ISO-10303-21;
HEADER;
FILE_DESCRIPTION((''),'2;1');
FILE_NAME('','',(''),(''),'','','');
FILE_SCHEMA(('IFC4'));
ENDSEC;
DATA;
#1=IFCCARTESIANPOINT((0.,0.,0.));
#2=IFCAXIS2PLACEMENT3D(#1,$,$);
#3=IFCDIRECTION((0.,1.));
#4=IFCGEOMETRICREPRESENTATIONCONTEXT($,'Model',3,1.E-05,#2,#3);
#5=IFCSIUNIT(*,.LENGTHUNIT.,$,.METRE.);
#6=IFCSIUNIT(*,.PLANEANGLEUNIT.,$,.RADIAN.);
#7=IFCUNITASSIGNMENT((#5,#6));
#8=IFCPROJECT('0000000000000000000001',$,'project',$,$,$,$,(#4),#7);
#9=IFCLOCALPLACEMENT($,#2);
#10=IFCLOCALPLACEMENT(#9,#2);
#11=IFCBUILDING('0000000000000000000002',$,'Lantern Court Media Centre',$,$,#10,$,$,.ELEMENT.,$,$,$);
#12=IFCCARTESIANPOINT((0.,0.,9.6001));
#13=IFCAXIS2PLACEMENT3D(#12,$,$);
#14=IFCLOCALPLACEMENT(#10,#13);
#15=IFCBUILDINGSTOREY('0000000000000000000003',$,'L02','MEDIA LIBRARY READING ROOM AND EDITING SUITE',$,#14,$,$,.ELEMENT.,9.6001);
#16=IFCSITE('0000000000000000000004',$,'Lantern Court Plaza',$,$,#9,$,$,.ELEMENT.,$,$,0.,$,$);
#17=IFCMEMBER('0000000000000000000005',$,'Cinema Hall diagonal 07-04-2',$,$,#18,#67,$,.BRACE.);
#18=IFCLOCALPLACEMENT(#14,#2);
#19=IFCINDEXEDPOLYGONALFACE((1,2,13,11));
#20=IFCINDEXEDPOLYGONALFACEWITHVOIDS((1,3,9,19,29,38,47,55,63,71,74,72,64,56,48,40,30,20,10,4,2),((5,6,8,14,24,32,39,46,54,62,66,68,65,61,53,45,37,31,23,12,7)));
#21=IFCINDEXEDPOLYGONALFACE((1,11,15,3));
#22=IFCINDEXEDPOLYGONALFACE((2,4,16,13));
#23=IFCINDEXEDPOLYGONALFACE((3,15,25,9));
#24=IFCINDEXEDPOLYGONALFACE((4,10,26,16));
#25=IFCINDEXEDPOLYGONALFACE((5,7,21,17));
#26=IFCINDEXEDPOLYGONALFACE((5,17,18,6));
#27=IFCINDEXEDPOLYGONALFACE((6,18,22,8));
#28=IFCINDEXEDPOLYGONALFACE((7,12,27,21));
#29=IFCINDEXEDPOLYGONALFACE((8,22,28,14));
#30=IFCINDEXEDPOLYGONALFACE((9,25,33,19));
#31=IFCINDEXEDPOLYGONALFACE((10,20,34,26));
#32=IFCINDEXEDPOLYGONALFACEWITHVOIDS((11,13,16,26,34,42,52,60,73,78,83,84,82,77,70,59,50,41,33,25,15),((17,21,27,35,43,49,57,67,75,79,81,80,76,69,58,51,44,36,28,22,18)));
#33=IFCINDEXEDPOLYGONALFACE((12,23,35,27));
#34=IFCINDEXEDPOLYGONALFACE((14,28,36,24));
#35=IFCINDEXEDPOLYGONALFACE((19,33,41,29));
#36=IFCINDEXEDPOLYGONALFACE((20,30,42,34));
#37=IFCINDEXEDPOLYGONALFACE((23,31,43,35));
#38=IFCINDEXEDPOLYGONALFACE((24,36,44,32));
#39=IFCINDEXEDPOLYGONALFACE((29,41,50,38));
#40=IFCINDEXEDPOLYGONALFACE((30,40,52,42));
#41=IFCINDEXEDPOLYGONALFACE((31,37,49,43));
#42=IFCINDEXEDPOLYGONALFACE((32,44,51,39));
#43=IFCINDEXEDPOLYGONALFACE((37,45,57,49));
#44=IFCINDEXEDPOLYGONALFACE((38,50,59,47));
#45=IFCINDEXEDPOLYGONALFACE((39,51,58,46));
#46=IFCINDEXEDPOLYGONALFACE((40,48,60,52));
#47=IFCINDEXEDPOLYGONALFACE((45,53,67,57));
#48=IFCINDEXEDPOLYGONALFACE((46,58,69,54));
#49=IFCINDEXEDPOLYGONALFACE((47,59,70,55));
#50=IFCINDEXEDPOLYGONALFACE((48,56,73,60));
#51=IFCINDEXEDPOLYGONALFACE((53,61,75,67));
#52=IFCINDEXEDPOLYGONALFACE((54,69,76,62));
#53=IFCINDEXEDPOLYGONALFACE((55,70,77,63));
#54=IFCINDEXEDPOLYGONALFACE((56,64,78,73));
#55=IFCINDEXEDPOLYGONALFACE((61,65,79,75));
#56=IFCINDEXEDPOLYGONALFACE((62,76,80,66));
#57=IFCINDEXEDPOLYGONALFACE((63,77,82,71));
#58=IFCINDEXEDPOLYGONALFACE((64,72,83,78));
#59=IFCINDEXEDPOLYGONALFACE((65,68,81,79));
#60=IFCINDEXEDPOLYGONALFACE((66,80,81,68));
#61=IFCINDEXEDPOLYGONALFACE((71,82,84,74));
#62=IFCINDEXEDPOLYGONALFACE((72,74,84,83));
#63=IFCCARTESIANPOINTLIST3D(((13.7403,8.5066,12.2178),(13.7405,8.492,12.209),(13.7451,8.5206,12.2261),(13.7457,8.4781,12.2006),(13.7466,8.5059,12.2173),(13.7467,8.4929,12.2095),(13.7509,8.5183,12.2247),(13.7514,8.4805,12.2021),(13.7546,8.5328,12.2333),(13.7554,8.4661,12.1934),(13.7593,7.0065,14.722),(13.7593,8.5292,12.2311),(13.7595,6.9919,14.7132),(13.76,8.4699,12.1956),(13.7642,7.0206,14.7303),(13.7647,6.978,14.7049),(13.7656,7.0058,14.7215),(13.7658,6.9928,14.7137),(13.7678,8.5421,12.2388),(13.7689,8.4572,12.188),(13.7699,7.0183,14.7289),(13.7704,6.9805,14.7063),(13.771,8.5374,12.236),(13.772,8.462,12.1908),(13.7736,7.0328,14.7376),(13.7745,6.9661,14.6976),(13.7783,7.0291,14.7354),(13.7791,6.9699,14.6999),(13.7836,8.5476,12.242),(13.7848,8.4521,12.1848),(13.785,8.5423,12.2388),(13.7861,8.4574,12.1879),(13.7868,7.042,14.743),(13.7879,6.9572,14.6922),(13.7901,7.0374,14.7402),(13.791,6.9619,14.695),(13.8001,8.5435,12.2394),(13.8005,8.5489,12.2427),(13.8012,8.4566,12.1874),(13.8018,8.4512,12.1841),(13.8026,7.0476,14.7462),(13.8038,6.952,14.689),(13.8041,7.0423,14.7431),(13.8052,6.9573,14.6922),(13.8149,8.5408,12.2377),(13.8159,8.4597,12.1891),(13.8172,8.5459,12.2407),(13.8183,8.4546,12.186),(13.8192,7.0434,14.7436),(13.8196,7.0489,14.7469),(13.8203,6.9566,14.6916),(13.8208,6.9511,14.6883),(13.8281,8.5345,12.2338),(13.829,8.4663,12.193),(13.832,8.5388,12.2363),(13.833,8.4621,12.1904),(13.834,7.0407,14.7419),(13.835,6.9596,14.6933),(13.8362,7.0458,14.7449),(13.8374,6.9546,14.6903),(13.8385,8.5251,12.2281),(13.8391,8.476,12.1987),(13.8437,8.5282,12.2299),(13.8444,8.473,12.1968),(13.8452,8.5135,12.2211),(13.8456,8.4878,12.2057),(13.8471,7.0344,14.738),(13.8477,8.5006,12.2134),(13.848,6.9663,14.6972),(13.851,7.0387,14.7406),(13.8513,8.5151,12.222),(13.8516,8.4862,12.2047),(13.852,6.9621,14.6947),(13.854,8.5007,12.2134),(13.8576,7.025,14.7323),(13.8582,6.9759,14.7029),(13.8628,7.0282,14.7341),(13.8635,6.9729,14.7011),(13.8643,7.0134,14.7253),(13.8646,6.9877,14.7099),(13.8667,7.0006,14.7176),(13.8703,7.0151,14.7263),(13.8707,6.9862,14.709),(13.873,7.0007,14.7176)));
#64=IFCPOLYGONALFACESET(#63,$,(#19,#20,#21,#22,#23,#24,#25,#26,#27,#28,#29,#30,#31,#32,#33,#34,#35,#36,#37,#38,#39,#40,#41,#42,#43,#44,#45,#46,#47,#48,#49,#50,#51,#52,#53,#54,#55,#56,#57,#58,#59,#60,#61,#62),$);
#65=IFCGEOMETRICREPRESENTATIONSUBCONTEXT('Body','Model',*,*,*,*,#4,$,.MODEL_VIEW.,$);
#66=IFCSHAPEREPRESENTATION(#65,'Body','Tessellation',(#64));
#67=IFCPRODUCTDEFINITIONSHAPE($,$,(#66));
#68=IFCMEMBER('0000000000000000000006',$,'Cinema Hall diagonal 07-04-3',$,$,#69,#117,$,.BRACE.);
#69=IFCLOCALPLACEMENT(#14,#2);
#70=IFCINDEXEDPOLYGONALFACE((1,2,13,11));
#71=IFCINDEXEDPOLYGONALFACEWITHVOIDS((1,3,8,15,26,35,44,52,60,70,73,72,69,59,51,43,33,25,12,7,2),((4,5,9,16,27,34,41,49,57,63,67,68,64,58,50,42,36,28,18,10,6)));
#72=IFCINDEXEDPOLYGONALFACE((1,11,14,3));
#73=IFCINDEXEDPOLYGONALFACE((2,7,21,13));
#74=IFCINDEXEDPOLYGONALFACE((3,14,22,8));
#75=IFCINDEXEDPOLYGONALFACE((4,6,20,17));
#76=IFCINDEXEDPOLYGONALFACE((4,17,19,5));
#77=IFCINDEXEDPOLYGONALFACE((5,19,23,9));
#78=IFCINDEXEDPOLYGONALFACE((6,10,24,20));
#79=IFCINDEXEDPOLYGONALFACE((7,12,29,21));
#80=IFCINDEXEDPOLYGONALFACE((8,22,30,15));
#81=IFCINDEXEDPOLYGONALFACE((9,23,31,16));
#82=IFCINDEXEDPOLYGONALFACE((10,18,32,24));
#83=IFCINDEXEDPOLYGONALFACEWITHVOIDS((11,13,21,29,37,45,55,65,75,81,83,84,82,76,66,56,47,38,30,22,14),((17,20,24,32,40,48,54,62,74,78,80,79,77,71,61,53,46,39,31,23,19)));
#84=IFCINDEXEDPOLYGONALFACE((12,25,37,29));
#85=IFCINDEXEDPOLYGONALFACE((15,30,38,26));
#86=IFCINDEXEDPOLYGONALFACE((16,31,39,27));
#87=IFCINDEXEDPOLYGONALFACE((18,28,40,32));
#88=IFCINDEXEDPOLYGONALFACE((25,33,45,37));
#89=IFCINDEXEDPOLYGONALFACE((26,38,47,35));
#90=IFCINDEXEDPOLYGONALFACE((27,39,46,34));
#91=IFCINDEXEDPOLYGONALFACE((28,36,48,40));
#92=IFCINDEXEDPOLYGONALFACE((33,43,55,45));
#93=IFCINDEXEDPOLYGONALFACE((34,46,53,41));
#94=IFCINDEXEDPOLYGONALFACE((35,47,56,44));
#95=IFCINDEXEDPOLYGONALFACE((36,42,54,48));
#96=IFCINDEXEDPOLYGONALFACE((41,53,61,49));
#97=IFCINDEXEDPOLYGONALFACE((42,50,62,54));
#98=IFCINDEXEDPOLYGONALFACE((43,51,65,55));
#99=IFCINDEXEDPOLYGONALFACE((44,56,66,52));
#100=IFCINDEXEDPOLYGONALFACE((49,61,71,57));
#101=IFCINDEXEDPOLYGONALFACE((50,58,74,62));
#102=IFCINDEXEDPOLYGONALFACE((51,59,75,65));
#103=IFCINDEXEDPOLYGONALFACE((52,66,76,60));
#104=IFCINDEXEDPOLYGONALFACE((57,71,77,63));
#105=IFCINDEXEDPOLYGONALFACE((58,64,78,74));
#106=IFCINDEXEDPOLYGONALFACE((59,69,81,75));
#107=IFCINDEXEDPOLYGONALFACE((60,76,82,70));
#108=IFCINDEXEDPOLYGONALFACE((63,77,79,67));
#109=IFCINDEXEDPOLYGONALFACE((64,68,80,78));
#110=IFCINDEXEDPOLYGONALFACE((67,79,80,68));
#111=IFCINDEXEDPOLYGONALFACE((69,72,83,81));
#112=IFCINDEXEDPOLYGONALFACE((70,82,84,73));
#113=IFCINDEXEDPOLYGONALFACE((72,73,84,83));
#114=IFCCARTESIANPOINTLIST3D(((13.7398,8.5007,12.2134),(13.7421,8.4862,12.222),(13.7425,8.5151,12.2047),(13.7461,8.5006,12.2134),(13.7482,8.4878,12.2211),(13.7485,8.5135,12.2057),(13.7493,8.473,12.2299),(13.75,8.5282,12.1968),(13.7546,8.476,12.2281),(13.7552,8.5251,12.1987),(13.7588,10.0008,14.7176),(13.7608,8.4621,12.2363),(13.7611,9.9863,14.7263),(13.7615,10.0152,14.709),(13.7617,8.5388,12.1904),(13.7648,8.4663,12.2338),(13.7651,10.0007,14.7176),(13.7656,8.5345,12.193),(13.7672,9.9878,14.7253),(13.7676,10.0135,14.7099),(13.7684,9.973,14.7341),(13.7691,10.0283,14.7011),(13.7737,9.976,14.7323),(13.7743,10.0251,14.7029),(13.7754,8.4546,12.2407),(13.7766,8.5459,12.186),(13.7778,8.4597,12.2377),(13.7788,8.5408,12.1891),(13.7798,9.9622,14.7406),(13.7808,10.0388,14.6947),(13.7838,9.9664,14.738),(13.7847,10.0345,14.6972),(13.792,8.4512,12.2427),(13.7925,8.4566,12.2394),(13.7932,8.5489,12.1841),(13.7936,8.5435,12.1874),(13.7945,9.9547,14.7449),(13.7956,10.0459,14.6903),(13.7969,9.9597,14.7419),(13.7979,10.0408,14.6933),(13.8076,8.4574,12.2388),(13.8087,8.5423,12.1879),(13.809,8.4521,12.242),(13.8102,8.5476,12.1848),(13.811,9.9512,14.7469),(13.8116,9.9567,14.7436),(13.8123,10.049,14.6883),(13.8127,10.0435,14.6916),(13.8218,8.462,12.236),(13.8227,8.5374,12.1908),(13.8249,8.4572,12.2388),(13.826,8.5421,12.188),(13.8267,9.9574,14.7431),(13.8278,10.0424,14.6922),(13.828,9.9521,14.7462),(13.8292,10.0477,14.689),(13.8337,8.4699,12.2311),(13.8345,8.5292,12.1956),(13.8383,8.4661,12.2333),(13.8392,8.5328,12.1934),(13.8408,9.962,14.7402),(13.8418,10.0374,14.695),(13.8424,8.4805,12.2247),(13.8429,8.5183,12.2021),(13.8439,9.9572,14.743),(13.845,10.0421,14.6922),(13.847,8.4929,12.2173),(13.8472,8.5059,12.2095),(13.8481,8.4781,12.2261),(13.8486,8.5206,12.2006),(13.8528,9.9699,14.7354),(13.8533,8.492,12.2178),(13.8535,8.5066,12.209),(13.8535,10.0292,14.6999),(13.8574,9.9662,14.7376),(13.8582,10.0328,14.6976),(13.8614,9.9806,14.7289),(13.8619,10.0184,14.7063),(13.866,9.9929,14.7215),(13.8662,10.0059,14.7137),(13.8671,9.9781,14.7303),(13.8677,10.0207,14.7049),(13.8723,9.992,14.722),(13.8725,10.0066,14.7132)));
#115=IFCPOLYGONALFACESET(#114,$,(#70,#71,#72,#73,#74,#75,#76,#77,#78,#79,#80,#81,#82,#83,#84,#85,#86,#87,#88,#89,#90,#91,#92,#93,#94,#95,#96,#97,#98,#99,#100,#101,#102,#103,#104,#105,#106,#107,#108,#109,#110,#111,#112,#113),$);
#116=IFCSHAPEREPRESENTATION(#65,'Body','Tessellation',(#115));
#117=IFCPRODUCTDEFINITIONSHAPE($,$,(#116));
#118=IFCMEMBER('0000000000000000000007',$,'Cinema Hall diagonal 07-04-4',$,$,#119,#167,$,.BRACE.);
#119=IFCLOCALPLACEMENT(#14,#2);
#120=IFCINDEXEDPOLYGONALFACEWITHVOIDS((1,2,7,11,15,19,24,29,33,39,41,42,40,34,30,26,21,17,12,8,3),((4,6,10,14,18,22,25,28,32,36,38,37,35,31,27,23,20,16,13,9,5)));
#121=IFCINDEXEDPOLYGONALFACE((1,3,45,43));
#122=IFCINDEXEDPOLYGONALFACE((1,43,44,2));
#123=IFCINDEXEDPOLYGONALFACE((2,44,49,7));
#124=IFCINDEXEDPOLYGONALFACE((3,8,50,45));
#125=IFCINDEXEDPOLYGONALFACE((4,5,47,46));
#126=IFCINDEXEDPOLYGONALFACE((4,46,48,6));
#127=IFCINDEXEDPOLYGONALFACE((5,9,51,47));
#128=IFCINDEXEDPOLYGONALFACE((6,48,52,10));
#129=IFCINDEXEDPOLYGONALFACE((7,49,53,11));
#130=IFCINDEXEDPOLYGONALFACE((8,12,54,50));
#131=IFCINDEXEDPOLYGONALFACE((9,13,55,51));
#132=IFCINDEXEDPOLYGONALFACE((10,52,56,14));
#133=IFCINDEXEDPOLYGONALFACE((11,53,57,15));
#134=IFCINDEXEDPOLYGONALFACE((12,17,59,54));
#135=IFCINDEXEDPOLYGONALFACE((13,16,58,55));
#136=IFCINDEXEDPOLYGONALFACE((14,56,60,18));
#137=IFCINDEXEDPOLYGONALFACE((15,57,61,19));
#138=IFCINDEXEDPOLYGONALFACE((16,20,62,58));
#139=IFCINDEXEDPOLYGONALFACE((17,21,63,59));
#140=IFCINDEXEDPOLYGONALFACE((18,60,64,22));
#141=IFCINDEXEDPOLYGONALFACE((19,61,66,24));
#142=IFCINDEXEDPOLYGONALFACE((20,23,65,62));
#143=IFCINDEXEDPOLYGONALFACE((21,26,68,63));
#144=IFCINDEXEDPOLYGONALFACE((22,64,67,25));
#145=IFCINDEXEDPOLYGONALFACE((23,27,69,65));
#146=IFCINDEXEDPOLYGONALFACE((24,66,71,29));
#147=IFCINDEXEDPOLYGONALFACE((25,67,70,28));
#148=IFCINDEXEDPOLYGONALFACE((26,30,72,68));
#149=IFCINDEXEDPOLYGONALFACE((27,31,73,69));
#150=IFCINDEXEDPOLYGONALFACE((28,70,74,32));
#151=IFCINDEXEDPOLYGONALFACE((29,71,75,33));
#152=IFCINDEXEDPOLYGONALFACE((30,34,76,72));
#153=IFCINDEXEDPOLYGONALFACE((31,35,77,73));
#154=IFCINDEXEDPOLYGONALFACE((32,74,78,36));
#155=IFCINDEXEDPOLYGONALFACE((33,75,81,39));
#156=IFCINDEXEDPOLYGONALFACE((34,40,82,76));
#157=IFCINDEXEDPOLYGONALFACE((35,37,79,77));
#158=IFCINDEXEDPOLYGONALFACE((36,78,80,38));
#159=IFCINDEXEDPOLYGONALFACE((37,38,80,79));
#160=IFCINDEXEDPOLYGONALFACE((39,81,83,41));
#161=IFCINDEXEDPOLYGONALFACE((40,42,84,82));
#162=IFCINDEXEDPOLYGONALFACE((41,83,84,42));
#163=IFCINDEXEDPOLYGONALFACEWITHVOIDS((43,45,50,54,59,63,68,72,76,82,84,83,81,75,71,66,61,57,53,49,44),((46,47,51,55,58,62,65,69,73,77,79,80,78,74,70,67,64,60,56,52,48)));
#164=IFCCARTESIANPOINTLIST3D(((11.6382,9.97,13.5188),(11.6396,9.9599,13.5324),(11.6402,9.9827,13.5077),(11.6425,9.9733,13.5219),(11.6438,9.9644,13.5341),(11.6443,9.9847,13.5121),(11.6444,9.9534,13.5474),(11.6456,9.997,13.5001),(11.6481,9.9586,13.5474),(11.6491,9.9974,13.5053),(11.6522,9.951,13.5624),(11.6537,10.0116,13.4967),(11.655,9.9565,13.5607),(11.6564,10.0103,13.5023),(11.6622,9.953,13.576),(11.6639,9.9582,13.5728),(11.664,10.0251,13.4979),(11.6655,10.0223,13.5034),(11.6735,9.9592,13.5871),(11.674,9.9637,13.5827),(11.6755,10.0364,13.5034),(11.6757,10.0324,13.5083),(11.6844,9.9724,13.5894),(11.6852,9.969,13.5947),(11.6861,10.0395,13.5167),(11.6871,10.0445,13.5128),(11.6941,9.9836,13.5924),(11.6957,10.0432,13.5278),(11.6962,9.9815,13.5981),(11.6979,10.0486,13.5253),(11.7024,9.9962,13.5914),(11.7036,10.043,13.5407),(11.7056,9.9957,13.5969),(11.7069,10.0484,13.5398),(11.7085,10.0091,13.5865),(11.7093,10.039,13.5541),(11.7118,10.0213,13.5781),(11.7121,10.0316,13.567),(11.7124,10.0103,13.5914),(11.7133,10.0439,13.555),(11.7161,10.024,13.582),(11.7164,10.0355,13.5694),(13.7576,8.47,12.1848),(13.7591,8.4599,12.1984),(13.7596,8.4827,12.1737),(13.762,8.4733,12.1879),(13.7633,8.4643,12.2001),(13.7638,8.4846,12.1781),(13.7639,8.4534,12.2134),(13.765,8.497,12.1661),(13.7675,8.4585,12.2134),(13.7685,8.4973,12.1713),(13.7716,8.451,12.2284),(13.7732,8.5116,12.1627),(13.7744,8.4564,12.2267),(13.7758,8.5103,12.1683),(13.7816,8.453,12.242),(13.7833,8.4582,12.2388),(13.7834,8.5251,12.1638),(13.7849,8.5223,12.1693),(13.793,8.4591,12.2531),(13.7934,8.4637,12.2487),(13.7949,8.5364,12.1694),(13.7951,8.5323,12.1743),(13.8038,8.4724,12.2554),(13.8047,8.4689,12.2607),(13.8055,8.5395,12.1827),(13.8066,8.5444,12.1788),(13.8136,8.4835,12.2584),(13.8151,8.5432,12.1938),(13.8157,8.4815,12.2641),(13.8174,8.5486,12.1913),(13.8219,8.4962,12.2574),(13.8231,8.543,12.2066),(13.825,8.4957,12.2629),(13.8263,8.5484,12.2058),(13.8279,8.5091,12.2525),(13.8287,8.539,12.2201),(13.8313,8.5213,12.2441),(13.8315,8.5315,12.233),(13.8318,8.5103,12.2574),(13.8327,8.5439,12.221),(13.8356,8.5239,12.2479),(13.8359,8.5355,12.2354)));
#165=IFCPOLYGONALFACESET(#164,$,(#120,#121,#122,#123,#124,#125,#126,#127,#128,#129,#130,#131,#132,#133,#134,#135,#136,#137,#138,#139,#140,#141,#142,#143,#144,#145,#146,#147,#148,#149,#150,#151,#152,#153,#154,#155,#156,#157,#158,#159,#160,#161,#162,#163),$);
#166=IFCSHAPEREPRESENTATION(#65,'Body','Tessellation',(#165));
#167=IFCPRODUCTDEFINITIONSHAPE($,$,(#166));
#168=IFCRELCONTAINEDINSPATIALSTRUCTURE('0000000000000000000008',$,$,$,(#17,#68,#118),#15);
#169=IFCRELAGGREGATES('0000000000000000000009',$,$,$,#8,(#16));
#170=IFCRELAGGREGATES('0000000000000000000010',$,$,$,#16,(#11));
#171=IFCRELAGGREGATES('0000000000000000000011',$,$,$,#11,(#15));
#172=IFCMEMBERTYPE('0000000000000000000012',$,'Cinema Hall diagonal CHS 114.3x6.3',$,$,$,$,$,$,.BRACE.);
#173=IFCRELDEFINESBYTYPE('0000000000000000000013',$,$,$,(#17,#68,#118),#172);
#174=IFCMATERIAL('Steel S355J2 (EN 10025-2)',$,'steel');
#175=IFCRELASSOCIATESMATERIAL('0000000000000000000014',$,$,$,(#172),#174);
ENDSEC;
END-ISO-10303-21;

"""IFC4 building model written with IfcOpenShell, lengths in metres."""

from ifc_helpers import new_model, si_unit, direction, frame, origin, origin_2d, place, context, subcontext, project, spatial, hollow_circle, extrude, material, material_profile, profile_set, type_object, element, save


model = new_model("IFC4")

# Units and contexts
model_context = context("Model", 3, precision=1e-05, world=origin(), true_north=direction((0.0, 1.0)))
body_context = subcontext(model_context, "Body", "Model", "MODEL_VIEW")
ifc_project = project(units=[si_unit("LENGTHUNIT", "METRE"), si_unit("PLANEANGLEUNIT", "RADIAN")], contexts=[model_context])

# Site, building, storey
site_placement = place(None, origin())
site = spatial("IfcSite", under=ifc_project, at=site_placement, Name="Lantern Court Plaza", CompositionType="ELEMENT", RefElevation=0.0)
building_placement = place(site_placement, origin())
building = spatial("IfcBuilding", under=site, at=building_placement, Name="Lantern Court Media Centre", CompositionType="ELEMENT")
storey_placement = place(building_placement, frame((0.0, 0.0, 9.6001)))
storey = spatial("IfcBuildingStorey", under=building, at=storey_placement, Name="L02", Description="MEDIA LIBRARY READING ROOM AND EDITING SUITE", CompositionType="ELEMENT", Elevation=9.6001)

# Members
ifc_material = material(Name="Steel S355J2 (EN 10025-2)", Category="steel")
ifc_material_profile_1 = material_profile(ifc_material, hollow_circle(Radius=0.0571, WallThickness=0.0063, at=origin_2d()), Name="Cinema Hall diagonal CHS 114.3x6.3")
ifc_profile_set_1 = profile_set([ifc_material_profile_1], Name="Steel S355J2 (EN 10025-2)")
member_type_1 = type_object("IfcMemberType", Name="Cinema Hall diagonal CHS 114.3x6.3", PredefinedType="BRACE", material=ifc_profile_set_1)
for number, where, z_axis, x_axis, name in (
    (1, (13.7969, 8.5, 12.2134), (0.006524, -0.513857, 0.857851), (0.999919, 0.012694, 0.0), "Cinema Hall diagonal 07-04-2"),
    (2, (13.7969, 8.5, 12.2134), (0.006524, 0.513857, 0.857851), (-0.999919, 0.012694, 0.0), "Cinema Hall diagonal 07-04-3"),
    (3, (13.7969, 8.5, 12.2134), (-0.726034, 0.513852, 0.45698), (-0.577702, -0.816248, 0.0), "Cinema Hall diagonal 07-04-4"),
):
    element("IfcMember", number, at=place(storey_placement, frame(where, z_axis=z_axis, x_axis=x_axis)), inside=storey, type_object=member_type_1, Name=name, PredefinedType="BRACE", context=body_context, shape_type="SweptSolid", body=[
        extrude(hollow_circle(Radius=0.0571, WallThickness=0.0063, at=origin_2d()), origin(), (0.0, 0.0, 1.0), 2.9192),
    ])

save(model, "model.ifc")
